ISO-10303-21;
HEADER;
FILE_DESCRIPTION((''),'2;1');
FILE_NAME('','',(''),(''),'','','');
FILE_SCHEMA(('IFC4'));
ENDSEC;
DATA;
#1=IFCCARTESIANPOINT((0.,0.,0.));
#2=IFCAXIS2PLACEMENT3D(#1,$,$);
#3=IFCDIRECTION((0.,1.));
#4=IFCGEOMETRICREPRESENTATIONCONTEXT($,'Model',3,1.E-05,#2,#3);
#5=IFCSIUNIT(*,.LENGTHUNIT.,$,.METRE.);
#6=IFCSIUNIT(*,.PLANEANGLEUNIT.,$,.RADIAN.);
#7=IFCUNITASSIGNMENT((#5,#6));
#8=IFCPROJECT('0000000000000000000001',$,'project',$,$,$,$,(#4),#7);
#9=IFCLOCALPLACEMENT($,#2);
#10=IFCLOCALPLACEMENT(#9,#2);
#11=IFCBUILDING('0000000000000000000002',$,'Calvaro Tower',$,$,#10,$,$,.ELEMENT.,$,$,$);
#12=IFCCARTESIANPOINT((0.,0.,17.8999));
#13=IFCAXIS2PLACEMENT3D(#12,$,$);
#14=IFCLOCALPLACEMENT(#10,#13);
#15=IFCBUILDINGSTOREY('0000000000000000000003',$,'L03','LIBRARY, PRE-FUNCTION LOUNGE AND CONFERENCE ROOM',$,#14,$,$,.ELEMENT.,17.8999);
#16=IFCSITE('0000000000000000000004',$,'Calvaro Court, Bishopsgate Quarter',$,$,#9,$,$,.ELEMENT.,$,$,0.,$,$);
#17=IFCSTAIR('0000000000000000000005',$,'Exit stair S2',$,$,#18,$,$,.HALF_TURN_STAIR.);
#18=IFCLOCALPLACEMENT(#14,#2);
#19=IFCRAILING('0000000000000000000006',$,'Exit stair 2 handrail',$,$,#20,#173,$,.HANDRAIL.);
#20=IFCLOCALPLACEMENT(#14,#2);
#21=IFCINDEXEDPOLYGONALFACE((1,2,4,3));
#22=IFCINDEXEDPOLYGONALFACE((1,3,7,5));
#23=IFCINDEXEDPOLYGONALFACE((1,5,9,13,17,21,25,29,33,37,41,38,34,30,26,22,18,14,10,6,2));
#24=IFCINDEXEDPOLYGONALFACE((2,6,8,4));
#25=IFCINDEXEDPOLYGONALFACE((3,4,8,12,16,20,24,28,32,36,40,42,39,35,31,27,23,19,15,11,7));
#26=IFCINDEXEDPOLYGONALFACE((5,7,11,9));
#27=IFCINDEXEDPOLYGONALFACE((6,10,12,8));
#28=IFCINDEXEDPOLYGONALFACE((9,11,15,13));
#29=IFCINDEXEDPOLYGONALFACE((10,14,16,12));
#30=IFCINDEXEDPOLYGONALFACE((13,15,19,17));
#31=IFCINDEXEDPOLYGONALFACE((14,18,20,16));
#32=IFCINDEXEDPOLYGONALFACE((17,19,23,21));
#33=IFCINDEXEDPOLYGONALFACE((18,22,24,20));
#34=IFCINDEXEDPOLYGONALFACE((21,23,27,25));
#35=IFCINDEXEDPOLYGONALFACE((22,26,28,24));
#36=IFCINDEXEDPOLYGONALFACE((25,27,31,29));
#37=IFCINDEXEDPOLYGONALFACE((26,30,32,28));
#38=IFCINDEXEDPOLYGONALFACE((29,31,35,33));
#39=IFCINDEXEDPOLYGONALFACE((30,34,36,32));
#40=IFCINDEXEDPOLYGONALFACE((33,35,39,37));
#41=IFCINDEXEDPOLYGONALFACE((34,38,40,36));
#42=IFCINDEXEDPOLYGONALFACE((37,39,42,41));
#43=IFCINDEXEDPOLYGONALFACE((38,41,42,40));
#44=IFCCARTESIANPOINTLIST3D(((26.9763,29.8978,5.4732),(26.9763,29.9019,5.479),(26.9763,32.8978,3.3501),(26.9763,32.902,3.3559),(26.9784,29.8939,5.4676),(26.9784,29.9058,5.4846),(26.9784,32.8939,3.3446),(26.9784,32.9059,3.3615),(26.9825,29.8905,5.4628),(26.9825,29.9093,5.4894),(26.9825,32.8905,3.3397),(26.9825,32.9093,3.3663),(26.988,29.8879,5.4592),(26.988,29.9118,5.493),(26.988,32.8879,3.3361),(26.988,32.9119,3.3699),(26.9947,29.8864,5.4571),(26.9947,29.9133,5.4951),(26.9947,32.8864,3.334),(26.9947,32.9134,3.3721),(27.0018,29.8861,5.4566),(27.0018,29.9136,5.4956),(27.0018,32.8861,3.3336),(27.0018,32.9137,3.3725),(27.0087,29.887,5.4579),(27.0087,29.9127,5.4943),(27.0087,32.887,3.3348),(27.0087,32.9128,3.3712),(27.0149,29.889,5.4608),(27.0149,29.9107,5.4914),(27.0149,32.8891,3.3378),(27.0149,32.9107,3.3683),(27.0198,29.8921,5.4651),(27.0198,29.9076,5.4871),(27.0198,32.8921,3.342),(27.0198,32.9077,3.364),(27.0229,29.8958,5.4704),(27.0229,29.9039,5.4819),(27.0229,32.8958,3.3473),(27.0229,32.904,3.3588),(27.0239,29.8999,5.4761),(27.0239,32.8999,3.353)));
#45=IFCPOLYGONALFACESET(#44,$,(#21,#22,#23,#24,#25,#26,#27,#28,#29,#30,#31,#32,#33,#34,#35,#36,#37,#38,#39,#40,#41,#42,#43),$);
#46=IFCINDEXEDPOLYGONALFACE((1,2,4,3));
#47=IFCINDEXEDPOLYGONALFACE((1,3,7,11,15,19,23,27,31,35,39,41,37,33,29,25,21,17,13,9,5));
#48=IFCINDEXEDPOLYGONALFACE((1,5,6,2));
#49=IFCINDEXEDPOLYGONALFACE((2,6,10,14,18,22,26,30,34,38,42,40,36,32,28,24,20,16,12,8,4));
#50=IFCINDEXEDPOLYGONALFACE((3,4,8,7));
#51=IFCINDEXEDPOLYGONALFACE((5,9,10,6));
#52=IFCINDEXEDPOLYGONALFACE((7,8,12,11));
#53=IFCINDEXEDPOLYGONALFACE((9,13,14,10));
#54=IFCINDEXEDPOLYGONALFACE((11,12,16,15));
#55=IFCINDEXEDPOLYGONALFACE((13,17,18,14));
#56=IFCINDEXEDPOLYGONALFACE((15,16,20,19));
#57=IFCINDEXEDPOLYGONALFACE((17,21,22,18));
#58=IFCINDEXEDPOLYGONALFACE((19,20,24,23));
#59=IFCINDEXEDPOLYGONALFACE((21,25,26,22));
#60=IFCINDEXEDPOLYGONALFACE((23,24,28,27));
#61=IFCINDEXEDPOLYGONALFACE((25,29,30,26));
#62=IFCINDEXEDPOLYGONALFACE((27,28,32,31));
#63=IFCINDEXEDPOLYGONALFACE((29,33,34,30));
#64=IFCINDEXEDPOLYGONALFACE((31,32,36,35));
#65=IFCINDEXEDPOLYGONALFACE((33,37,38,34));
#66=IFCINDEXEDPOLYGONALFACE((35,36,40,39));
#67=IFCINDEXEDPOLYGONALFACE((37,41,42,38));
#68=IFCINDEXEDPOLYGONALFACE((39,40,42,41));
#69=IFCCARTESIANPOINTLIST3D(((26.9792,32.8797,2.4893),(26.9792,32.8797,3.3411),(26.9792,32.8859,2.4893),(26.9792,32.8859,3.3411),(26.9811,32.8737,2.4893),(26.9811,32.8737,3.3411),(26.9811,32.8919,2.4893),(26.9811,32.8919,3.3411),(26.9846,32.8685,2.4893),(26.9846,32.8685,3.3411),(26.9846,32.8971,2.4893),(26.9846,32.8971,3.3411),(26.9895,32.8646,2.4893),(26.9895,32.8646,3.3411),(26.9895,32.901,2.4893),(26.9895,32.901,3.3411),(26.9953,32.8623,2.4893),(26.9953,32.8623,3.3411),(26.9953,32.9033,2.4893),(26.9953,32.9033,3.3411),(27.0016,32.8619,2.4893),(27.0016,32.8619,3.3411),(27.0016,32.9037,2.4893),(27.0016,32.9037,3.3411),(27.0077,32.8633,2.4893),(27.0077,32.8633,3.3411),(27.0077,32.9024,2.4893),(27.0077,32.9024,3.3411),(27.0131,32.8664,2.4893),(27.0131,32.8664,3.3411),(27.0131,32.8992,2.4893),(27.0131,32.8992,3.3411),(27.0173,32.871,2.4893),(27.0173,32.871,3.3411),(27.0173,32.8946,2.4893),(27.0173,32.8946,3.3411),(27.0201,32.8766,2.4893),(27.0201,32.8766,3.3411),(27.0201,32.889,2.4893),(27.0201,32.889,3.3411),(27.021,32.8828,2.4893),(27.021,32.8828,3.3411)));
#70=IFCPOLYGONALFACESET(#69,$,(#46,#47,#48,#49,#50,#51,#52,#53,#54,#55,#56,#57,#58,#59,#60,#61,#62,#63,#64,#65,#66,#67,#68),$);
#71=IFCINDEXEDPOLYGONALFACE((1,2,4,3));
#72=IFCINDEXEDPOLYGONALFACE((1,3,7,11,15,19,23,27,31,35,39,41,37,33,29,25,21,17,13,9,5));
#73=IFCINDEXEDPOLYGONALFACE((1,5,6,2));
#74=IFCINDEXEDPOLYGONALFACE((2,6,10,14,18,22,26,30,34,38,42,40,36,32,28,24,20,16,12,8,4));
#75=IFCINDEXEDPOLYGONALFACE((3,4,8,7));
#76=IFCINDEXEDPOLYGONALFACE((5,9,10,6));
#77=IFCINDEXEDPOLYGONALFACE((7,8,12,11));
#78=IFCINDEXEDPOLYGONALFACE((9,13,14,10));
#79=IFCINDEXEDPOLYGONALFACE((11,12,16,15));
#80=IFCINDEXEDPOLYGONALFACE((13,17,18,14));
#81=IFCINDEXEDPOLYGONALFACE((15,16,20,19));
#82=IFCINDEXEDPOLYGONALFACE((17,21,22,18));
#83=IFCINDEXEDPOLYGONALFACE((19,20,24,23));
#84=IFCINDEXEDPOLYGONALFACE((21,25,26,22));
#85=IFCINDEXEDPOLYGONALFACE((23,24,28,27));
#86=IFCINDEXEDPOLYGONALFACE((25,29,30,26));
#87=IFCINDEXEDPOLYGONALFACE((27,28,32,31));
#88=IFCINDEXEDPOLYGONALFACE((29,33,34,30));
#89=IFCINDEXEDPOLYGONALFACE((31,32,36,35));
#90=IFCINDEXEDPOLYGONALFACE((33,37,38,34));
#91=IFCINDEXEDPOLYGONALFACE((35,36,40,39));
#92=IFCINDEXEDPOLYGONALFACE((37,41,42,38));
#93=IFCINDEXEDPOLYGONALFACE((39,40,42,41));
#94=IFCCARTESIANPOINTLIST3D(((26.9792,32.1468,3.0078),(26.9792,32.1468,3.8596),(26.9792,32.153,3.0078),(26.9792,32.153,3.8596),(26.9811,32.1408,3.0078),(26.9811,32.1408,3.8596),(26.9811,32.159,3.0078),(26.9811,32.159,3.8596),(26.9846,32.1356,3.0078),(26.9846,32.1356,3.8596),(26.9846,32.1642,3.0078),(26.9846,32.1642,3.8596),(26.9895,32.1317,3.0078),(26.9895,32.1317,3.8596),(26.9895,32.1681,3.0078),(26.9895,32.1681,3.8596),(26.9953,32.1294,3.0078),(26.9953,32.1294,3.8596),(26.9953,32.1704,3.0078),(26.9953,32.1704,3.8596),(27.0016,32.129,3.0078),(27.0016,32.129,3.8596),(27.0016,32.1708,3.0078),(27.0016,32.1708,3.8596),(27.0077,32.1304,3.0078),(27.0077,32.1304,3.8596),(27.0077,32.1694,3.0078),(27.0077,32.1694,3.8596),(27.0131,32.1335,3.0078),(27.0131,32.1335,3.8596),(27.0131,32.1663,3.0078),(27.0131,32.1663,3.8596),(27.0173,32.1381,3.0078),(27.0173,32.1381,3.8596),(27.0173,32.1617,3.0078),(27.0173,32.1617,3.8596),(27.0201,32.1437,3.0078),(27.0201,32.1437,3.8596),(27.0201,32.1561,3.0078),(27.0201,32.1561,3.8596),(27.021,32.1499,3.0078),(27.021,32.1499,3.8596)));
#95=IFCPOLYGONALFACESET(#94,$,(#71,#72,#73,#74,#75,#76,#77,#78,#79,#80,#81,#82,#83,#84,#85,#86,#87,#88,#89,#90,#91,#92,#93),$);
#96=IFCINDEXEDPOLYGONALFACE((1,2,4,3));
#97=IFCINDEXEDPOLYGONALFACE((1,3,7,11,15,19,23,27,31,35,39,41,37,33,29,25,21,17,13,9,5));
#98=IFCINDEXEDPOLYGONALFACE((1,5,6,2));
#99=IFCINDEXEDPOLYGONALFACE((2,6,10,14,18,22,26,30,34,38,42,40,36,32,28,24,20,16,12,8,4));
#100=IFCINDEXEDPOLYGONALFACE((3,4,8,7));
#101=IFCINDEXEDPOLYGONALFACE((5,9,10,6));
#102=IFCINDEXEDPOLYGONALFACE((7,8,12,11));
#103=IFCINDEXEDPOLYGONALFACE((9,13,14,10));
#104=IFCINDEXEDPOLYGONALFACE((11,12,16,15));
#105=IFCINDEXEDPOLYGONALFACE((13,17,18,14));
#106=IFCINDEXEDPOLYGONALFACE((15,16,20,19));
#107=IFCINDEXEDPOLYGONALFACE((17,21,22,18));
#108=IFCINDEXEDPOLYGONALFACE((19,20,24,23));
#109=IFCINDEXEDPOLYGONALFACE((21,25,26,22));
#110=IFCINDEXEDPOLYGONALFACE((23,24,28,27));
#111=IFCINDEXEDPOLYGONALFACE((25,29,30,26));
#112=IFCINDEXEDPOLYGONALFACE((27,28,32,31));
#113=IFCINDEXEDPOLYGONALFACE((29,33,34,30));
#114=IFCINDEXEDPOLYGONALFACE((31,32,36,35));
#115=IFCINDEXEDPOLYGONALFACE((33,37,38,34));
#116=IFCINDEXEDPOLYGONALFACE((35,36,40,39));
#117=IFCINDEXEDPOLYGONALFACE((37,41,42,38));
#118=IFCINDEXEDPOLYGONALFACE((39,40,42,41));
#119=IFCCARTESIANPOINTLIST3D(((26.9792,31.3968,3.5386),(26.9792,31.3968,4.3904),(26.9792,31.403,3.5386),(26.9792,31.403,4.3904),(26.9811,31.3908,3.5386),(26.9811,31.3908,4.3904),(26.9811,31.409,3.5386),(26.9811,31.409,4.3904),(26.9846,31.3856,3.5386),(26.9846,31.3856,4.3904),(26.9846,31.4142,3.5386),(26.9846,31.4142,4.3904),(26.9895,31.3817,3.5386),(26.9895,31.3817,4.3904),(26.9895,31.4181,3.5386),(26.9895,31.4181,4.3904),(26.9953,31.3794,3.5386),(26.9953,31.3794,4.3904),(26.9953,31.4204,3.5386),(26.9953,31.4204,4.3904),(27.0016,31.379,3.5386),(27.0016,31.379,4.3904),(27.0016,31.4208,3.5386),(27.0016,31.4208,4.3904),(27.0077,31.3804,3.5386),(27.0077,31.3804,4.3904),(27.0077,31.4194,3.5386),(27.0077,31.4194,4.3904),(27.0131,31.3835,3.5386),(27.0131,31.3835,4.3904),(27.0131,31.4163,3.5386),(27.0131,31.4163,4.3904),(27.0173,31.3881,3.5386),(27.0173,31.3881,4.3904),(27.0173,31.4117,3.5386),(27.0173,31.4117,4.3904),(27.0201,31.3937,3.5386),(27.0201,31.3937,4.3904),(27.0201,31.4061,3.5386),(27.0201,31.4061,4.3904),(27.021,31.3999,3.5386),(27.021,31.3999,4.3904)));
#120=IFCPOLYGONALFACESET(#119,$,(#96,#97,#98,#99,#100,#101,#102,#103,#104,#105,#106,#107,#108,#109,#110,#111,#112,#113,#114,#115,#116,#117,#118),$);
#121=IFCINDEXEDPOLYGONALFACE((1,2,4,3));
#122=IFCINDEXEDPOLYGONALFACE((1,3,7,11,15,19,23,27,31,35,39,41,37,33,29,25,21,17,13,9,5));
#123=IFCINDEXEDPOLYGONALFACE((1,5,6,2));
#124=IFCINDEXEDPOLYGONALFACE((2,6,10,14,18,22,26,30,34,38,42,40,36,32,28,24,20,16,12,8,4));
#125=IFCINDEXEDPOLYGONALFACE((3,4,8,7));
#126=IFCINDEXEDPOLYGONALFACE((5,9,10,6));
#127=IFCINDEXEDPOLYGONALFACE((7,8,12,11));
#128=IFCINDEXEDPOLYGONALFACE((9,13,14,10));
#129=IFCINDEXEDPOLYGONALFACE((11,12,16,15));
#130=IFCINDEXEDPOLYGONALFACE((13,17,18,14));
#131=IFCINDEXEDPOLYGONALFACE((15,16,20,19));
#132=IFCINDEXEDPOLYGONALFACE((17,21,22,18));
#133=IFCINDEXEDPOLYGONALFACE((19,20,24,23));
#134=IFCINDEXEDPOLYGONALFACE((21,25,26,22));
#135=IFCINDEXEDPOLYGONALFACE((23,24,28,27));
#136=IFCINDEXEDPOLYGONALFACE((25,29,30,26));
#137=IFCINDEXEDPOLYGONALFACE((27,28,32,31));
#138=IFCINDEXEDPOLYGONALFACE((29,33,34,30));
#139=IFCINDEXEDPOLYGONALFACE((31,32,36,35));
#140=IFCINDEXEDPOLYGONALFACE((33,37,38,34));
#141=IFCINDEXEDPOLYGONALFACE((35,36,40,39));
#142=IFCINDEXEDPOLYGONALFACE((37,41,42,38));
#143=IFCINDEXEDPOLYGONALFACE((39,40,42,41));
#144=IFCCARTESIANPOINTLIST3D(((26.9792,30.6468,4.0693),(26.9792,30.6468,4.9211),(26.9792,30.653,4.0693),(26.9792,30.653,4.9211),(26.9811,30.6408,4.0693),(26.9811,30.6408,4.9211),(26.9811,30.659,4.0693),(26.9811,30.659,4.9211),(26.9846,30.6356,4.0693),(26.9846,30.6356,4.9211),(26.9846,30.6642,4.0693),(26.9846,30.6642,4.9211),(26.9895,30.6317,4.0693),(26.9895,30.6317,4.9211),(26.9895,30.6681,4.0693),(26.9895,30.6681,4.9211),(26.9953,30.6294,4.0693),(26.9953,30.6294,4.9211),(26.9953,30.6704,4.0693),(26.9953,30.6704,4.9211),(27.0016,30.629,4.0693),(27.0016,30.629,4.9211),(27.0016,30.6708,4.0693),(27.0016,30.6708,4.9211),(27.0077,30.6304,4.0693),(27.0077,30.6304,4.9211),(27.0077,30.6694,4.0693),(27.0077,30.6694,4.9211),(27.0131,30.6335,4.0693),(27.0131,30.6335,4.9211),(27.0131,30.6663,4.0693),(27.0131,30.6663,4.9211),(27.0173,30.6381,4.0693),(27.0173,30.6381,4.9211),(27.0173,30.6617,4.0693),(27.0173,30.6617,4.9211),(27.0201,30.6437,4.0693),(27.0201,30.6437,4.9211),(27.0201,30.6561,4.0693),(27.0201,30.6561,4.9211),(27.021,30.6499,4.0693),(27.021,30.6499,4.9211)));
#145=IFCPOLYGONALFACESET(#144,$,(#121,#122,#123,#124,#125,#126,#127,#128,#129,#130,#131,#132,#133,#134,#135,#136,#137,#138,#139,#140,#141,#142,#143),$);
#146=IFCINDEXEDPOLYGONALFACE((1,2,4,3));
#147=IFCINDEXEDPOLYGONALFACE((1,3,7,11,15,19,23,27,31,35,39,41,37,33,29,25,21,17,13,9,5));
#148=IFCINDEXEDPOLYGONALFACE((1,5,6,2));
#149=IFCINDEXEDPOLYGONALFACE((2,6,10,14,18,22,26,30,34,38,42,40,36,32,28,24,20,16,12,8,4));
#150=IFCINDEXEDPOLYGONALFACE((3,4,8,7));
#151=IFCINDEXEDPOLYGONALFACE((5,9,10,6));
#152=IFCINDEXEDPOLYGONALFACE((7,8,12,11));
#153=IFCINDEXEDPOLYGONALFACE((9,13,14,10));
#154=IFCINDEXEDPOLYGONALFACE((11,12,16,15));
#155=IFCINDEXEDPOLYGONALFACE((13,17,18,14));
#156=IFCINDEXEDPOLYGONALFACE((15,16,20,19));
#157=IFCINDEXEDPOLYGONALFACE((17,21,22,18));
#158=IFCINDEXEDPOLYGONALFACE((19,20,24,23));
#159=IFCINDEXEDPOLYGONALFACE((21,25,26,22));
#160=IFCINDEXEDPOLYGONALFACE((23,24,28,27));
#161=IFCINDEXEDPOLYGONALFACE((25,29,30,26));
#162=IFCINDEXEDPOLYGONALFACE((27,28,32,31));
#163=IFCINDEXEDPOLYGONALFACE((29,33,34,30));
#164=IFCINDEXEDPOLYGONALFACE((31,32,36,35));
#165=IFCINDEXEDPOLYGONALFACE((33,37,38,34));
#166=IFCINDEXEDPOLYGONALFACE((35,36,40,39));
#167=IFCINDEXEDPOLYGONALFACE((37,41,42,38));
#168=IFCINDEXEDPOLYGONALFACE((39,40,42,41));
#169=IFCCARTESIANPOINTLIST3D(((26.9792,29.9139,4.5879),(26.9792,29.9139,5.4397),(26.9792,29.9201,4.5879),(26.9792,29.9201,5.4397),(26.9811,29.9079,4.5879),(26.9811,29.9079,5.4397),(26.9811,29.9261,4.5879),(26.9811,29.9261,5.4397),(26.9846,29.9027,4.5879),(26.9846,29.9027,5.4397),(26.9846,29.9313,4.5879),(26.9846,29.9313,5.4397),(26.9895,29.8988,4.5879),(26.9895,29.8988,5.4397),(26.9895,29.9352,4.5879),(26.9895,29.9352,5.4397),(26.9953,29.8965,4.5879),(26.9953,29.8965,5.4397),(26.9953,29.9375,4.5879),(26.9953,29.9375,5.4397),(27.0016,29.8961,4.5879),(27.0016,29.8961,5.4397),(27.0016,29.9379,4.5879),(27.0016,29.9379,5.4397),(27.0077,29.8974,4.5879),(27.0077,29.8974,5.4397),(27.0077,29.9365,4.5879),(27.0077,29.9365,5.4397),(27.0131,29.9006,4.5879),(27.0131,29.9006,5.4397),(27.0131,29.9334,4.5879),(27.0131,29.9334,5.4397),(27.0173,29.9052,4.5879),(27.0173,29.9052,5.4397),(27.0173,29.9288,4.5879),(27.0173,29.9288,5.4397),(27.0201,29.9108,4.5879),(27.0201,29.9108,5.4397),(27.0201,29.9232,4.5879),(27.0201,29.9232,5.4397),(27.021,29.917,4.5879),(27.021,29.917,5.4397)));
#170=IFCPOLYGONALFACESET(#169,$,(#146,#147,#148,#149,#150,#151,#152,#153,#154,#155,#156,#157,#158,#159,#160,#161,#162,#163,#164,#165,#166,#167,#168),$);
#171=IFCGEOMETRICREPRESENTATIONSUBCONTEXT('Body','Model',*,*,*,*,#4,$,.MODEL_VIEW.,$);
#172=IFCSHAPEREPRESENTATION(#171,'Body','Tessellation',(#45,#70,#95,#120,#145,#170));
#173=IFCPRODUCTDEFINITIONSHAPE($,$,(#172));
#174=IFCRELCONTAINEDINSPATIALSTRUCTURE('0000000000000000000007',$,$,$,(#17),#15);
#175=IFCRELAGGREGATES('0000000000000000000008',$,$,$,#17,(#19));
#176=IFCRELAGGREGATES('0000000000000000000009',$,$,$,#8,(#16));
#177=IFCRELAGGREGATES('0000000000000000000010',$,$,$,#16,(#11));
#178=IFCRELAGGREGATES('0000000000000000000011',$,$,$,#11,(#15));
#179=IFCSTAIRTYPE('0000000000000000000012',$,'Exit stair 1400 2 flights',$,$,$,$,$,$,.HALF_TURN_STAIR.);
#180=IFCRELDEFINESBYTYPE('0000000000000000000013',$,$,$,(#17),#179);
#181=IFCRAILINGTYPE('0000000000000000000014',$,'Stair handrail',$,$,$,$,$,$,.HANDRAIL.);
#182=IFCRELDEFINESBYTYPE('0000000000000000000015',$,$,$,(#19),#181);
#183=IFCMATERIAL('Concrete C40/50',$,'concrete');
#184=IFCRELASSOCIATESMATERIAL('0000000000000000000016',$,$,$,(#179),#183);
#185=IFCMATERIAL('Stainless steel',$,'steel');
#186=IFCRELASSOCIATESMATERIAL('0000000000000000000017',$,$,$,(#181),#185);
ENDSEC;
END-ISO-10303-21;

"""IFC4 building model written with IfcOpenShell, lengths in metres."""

from ifc_helpers import new_model, si_unit, direction, frame, origin, origin_2d, place, context, subcontext, project, spatial, circle, extrude, material, type_object, element, aggregate, save


model = new_model("IFC4")

# Units and contexts
model_context = context("Model", 3, precision=1e-05, world=origin(), true_north=direction((0.0, 1.0)))
body_context = subcontext(model_context, "Body", "Model", "MODEL_VIEW")
ifc_project = project(units=[si_unit("LENGTHUNIT", "METRE"), si_unit("PLANEANGLEUNIT", "RADIAN")], contexts=[model_context])

# Site, building, storey
site_placement = place(None, origin())
site = spatial("IfcSite", under=ifc_project, at=site_placement, Name="Calvaro Court, Bishopsgate Quarter", CompositionType="ELEMENT", RefElevation=0.0)
building_placement = place(site_placement, origin())
building = spatial("IfcBuilding", under=site, at=building_placement, Name="Calvaro Tower", CompositionType="ELEMENT")
storey_placement = place(building_placement, frame((0.0, 0.0, 17.8999)))
storey = spatial("IfcBuildingStorey", under=building, at=storey_placement, Name="L03", Description="LIBRARY, PRE-FUNCTION LOUNGE AND CONFERENCE ROOM", CompositionType="ELEMENT", Elevation=17.8999)

# Stair, railing
ifc_material_1 = material(Name="Concrete C40/50", Category="concrete")
stair_type = type_object("IfcStairType", Name="Exit stair 1400 2 flights", PredefinedType="HALF_TURN_STAIR", material=ifc_material_1)
stair_placement = place(storey_placement, origin())
stair = element("IfcStair", 1, at=stair_placement, inside=storey, type_object=stair_type, Name="Exit stair S2", PredefinedType="HALF_TURN_STAIR")
ifc_material_2 = material(Name="Stainless steel", Category="steel")
railing_type = type_object("IfcRailingType", Name="Stair handrail", PredefinedType="HANDRAIL", material=ifc_material_2)
railing_1_placement = place(storey_placement, frame((27.0, 32.8999, 2.4771)))
railing_1 = element("IfcRailing", 2, at=railing_1_placement, type_object=railing_type, Name="Exit stair 2 handrail", PredefinedType="HANDRAIL", context=body_context, shape_type="SweptSolid", body=[
    extrude(circle(Radius=0.0239, at=origin_2d()), frame((0.0, 0.0, 0.876), z_axis=(0.0, -0.816275, 0.577663), x_axis=(1.0, 0.0, 0.0)), (0.0, 0.0, 1.0), 3.6753),
    extrude(circle(Radius=0.021, at=origin_2d()), frame((0.0, -0.0171, 0.0122)), (0.0, 0.0, 1.0), 0.8518),
    extrude(circle(Radius=0.021, at=origin_2d()), frame((0.0, -0.75, 0.5308)), (0.0, 0.0, 1.0), 0.8518),
    extrude(circle(Radius=0.021, at=origin_2d()), frame((0.0, -1.5, 1.0615)), (0.0, 0.0, 1.0), 0.8518),
    extrude(circle(Radius=0.021, at=origin_2d()), frame((0.0, -2.25, 1.5923)), (0.0, 0.0, 1.0), 0.8518),
    extrude(circle(Radius=0.021, at=origin_2d()), frame((0.0, -2.9829, 2.1108)), (0.0, 0.0, 1.0), 0.8518),
])
aggregate(stair, [railing_1])

save(model, "model.ifc")
